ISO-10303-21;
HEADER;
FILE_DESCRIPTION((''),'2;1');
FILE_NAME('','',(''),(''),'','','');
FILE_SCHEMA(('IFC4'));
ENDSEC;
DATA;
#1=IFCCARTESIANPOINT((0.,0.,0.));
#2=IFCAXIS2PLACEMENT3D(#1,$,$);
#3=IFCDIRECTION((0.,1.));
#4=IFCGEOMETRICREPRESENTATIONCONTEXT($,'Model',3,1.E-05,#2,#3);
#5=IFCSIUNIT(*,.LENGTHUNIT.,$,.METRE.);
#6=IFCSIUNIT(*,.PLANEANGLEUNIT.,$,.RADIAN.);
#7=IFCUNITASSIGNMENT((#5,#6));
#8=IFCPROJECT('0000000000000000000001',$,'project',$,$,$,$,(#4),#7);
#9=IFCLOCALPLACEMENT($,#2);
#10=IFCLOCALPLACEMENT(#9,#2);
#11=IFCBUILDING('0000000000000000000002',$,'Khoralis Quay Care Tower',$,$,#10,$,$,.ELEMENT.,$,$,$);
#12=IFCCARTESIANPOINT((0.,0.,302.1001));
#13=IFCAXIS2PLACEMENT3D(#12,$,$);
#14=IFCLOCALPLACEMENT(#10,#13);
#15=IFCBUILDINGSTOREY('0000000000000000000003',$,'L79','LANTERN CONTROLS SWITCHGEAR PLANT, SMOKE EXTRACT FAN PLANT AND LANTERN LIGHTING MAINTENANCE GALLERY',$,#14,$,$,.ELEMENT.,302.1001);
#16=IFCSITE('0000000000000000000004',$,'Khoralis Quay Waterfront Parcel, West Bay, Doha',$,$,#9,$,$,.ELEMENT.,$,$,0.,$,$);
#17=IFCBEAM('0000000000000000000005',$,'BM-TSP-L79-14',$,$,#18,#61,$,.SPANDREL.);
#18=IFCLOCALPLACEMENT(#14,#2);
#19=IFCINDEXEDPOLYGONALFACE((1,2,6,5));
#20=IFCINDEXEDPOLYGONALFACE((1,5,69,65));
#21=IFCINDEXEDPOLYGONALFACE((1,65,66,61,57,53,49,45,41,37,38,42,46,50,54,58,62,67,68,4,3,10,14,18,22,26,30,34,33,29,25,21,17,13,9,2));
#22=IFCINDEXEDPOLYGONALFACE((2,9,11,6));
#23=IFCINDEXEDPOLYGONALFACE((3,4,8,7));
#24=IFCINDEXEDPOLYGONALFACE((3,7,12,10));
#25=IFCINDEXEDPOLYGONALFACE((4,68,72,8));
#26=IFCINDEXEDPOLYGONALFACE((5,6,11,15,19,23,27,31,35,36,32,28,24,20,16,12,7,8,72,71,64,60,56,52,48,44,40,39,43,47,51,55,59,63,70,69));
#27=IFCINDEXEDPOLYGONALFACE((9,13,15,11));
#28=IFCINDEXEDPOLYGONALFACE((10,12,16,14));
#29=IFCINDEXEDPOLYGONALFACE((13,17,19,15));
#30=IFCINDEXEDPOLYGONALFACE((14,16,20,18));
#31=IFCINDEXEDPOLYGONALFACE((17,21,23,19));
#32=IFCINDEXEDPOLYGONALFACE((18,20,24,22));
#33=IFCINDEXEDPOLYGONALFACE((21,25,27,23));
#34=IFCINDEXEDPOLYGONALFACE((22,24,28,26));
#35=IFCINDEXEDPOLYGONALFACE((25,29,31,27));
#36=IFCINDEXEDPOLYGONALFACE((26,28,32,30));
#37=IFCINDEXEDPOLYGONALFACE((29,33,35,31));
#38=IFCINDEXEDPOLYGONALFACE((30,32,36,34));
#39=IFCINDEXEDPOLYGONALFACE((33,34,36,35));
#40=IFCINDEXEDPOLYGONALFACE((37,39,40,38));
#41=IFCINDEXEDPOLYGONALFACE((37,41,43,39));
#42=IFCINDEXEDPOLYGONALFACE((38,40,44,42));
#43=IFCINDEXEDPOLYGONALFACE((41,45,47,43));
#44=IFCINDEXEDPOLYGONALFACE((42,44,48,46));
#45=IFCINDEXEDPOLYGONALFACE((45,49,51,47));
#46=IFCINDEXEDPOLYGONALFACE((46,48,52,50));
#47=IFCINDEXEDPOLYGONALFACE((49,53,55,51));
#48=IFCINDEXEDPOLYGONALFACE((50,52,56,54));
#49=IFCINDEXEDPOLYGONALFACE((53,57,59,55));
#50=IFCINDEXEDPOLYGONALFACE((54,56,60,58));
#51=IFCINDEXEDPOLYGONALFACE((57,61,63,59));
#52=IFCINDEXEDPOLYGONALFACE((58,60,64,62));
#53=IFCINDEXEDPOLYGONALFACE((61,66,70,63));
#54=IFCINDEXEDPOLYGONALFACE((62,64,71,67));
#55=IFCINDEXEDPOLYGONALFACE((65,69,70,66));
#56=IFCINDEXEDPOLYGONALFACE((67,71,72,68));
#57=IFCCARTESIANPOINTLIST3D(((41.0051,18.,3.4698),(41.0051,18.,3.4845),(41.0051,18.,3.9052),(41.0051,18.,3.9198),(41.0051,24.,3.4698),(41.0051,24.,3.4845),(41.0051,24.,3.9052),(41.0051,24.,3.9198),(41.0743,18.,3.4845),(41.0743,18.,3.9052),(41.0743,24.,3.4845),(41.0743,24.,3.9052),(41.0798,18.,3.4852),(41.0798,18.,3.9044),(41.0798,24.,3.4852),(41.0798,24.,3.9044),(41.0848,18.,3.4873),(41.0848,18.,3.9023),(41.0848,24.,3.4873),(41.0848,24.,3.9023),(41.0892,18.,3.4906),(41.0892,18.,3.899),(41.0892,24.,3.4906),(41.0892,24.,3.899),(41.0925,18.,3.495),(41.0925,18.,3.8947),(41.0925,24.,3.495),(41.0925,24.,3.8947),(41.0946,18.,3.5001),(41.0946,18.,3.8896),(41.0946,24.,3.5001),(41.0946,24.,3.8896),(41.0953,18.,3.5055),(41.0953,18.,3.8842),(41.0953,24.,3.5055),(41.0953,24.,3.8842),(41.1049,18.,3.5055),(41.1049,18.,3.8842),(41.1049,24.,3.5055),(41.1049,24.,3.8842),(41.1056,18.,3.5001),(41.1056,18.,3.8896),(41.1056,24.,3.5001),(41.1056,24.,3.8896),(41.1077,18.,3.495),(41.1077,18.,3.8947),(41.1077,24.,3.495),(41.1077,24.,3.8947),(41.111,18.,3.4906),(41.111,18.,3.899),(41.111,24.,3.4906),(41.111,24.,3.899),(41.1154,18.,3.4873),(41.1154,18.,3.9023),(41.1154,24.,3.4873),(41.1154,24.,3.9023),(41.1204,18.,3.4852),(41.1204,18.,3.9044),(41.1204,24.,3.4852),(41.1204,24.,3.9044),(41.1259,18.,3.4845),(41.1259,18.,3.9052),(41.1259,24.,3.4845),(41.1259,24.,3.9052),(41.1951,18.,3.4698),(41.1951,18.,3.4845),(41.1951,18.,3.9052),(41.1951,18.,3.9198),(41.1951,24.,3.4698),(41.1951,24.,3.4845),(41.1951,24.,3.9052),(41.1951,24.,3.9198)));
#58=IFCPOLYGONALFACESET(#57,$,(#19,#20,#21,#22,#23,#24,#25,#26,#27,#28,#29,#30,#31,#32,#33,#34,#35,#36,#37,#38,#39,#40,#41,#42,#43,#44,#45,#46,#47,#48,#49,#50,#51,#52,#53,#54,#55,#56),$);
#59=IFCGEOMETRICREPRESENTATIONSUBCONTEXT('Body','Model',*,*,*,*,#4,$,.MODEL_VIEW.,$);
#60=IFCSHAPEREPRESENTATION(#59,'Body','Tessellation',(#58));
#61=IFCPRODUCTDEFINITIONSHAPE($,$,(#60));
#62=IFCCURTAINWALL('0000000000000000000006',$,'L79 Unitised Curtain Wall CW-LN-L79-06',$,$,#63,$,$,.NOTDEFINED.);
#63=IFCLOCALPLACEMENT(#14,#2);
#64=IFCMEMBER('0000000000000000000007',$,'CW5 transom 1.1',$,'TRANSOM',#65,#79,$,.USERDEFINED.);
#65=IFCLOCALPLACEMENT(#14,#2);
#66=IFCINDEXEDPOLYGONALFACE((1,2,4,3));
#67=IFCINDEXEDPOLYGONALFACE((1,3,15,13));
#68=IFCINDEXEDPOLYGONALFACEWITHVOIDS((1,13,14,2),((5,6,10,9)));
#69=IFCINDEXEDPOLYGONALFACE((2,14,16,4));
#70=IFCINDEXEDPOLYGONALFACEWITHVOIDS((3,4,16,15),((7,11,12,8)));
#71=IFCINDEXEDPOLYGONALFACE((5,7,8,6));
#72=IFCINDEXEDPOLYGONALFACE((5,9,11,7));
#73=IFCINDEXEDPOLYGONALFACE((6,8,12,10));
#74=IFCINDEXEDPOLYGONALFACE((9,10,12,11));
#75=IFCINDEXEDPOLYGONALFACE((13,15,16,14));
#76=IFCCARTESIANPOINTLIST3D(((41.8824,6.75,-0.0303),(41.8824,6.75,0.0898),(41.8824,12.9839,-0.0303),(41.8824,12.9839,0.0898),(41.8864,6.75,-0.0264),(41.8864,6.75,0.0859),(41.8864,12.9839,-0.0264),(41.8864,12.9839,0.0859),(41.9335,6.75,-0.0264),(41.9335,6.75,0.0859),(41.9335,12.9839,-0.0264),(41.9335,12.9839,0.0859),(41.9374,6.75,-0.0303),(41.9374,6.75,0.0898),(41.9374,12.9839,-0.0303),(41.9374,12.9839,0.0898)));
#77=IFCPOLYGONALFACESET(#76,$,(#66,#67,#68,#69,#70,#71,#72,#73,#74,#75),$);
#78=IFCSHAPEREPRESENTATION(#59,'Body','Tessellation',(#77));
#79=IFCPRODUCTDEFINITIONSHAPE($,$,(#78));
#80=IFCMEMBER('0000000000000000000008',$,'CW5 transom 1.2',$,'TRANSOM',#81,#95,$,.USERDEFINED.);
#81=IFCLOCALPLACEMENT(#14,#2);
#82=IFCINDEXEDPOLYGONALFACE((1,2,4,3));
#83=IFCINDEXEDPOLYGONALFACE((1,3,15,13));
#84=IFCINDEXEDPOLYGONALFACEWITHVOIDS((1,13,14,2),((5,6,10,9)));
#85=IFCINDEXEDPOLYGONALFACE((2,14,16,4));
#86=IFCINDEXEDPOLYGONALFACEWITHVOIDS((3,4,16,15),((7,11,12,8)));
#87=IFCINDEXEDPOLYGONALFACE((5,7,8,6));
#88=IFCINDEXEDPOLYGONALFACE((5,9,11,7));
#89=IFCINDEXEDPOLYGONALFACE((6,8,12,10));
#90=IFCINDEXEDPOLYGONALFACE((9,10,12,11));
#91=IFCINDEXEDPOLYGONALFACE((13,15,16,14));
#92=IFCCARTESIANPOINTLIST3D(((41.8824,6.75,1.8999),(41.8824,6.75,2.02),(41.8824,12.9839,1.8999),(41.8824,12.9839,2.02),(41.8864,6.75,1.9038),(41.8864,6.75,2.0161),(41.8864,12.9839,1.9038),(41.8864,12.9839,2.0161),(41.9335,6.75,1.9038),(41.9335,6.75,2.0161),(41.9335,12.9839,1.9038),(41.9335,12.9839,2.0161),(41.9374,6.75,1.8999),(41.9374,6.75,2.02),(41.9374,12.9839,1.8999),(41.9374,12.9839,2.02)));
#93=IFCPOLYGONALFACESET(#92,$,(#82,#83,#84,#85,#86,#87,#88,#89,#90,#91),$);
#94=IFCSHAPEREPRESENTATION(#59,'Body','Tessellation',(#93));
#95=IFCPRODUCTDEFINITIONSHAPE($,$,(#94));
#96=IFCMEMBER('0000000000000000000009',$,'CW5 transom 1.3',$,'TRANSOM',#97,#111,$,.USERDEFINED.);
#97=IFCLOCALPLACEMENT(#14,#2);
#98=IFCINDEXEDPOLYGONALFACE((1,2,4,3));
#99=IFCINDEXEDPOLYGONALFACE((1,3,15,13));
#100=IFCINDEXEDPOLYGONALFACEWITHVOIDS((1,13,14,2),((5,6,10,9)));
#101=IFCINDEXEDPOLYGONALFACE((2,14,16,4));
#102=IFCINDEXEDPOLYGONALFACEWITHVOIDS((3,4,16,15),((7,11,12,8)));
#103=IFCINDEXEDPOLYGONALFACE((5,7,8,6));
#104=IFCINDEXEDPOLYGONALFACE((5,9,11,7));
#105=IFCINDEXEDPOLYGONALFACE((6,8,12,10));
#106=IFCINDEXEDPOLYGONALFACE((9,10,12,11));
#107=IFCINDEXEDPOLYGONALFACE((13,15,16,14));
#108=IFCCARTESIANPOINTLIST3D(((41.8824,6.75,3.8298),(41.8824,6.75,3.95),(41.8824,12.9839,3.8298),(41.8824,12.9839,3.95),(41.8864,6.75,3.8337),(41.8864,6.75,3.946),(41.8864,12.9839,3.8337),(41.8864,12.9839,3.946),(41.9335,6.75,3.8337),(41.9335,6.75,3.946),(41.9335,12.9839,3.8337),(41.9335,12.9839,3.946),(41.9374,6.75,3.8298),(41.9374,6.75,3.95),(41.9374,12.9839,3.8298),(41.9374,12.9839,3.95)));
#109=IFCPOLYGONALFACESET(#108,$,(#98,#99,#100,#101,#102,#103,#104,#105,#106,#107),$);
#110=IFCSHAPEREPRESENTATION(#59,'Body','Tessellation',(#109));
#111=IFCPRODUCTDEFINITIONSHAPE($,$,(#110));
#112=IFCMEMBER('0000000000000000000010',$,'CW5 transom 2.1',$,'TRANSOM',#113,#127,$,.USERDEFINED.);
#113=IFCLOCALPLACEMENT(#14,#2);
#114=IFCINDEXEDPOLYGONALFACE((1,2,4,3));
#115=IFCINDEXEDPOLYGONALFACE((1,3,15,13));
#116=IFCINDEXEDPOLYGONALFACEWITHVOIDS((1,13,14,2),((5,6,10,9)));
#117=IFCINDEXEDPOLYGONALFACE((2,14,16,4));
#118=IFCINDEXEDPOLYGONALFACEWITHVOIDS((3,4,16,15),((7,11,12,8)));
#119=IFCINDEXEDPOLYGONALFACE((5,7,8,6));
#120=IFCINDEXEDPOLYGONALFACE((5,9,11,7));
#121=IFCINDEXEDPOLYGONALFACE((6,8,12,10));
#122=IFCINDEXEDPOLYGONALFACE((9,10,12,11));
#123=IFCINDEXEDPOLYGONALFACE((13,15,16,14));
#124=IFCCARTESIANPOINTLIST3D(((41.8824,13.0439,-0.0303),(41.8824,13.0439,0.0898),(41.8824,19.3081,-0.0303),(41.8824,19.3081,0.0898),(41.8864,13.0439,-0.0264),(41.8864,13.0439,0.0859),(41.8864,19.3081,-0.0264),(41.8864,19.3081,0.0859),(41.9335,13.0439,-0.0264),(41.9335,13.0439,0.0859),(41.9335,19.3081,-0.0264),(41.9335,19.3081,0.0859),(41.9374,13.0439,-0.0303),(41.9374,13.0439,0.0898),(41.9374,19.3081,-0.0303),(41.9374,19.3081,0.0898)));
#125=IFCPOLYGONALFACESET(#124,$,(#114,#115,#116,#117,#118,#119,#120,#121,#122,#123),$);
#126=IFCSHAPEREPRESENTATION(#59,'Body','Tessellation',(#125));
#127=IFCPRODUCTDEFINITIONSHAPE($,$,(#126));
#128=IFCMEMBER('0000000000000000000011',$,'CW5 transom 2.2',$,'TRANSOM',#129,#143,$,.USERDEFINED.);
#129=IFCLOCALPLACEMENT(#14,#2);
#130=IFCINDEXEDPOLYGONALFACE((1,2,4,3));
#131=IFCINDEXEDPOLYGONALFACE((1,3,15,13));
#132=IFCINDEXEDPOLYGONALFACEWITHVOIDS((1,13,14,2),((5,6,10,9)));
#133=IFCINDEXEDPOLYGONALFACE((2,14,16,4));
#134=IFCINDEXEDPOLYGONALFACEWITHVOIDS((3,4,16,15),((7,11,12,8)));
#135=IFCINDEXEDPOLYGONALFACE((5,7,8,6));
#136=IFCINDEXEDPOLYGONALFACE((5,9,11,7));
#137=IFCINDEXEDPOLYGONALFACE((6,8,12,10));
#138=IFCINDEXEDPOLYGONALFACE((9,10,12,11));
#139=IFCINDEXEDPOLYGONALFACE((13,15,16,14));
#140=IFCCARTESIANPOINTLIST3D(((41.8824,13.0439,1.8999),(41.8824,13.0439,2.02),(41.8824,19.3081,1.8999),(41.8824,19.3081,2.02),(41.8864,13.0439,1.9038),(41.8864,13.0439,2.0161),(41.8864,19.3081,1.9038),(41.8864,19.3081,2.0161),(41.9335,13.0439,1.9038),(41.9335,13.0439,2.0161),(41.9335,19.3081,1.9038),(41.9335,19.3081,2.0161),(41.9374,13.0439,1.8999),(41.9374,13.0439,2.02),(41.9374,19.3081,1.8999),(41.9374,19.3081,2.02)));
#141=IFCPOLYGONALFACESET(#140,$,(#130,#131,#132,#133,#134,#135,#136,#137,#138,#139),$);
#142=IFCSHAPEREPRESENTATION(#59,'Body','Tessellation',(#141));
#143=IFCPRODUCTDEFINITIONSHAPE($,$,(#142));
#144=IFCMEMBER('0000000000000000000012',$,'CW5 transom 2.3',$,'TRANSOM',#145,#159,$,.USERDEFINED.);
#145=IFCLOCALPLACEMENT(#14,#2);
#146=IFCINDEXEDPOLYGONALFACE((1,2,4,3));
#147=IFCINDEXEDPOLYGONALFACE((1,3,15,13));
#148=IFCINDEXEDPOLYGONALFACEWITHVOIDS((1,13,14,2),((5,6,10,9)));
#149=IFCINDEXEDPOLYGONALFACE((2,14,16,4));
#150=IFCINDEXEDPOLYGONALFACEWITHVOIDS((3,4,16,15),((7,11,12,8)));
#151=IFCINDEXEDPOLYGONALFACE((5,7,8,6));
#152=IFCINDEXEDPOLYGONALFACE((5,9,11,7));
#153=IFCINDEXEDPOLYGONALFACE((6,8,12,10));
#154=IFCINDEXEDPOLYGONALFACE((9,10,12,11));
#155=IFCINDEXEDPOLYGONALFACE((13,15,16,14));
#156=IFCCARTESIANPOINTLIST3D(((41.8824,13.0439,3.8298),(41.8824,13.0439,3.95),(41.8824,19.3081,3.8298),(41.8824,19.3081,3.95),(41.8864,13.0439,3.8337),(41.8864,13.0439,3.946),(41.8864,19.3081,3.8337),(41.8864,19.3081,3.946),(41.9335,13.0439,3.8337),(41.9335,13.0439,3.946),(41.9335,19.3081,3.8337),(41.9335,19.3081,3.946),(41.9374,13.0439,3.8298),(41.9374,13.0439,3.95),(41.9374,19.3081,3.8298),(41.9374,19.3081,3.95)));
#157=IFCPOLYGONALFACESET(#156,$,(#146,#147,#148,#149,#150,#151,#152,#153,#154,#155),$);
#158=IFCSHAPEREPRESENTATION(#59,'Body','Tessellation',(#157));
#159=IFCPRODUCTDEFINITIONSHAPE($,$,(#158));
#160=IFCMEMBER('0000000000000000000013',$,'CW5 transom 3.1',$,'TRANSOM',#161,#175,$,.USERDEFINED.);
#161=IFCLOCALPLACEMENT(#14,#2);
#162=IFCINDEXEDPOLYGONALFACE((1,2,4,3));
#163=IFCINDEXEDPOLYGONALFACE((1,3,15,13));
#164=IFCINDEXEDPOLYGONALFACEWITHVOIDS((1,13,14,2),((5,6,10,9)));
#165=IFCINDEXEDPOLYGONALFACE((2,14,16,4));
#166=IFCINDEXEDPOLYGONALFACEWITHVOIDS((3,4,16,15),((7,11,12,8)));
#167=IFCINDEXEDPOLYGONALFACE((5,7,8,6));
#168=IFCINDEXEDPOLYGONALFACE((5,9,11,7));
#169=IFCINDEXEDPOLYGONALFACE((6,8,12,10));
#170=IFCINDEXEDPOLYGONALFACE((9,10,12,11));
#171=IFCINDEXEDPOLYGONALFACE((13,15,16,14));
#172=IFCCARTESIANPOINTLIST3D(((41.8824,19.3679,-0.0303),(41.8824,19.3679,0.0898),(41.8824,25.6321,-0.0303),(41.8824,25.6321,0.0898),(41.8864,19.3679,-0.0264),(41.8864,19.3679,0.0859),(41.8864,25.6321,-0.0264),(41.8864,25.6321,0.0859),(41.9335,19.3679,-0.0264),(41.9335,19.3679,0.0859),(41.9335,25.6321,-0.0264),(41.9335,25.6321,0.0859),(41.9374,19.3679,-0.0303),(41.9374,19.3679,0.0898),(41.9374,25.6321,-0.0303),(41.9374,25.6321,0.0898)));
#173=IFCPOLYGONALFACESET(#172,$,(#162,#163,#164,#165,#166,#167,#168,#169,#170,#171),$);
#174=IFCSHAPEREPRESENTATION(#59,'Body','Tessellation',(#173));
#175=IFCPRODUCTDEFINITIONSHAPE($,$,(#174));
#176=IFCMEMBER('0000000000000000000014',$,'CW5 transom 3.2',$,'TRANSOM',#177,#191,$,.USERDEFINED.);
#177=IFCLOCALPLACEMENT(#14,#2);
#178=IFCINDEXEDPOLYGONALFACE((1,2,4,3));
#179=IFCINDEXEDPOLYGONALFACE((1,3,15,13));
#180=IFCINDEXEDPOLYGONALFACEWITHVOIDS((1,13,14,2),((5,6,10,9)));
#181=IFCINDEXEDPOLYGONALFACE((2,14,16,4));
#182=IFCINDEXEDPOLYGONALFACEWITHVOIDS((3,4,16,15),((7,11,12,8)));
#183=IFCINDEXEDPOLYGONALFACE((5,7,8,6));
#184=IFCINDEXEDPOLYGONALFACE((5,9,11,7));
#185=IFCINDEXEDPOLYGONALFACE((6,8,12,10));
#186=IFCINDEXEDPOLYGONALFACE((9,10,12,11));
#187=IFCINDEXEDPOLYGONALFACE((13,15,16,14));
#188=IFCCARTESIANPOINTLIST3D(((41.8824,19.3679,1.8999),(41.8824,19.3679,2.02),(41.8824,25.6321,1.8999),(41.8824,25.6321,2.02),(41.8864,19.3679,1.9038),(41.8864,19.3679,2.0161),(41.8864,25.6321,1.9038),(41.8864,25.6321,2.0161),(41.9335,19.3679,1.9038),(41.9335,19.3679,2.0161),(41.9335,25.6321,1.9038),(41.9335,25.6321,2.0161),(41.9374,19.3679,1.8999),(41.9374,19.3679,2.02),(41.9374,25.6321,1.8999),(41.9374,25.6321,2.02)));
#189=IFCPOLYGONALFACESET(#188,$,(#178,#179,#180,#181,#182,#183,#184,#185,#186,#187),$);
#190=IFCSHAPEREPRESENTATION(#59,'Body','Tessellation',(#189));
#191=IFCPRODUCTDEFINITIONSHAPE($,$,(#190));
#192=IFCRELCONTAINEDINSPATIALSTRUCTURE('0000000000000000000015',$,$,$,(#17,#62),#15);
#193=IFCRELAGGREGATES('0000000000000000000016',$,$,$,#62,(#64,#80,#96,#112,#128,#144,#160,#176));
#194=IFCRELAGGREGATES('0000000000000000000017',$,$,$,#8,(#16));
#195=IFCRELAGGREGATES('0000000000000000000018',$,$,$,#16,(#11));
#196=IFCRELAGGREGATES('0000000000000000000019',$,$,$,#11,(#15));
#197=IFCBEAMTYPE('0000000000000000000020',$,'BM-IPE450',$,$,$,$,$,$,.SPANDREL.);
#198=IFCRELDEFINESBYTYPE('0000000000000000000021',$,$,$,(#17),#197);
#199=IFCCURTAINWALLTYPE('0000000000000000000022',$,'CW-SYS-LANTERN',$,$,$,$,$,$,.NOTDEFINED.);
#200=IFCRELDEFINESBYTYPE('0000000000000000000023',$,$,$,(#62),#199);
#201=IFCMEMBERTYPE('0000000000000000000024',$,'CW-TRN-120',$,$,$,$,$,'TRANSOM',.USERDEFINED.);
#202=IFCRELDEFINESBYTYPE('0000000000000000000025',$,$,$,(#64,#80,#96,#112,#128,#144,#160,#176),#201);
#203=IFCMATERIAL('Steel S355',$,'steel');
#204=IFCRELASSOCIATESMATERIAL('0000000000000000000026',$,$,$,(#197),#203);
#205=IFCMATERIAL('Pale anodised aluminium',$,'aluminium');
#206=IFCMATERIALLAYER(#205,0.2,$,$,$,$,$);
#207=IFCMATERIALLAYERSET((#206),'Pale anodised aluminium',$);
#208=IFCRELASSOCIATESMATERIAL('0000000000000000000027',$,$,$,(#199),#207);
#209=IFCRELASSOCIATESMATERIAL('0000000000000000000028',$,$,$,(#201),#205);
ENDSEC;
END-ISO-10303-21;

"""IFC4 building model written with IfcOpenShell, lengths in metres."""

from ifc_helpers import new_model, si_unit, direction, frame, origin, origin_2d, place, context, subcontext, project, spatial, hollow_rectangle, i_section, extrude, source, transform, mapped, material, layer, layer_set, material_profile, profile_set, type_object, element, aggregate, save


model = new_model("IFC4")

# Units and contexts
model_context = context("Model", 3, precision=1e-05, world=origin(), true_north=direction((0.0, 1.0)))
body_context = subcontext(model_context, "Body", "Model", "MODEL_VIEW")
ifc_project = project(units=[si_unit("LENGTHUNIT", "METRE"), si_unit("PLANEANGLEUNIT", "RADIAN")], contexts=[model_context])

# Site, building, storey
site_placement = place(None, origin())
site = spatial("IfcSite", under=ifc_project, at=site_placement, Name="Khoralis Quay Waterfront Parcel, West Bay, Doha", CompositionType="ELEMENT", RefElevation=0.0)
building_placement = place(site_placement, origin())
building = spatial("IfcBuilding", under=site, at=building_placement, Name="Khoralis Quay Care Tower", CompositionType="ELEMENT")
storey_placement = place(building_placement, frame((0.0, 0.0, 302.1001)))
storey = spatial("IfcBuildingStorey", under=building, at=storey_placement, Name="L79", Description="LANTERN CONTROLS SWITCHGEAR PLANT, SMOKE EXTRACT FAN PLANT AND LANTERN LIGHTING MAINTENANCE GALLERY", CompositionType="ELEMENT", Elevation=302.1001)

# Beam
ifc_material_1 = material(Name="Steel S355", Category="steel")
ifc_material_profile_1 = material_profile(ifc_material_1, i_section(OverallWidth=0.1899, OverallDepth=0.45, WebThickness=0.0095, FlangeThickness=0.0146, FilletRadius=0.021, at=origin_2d()), Name="Steel S355")
ifc_profile_set_1 = profile_set([ifc_material_profile_1], Name="Steel S355")
beam_type = type_object("IfcBeamType", Name="BM-IPE450", PredefinedType="SPANDREL", material=ifc_profile_set_1)
shared_shape_1 = source(origin(), body_context, "Body", "SweptSolid", [
    extrude(i_section(OverallWidth=0.1899, OverallDepth=0.45, WebThickness=0.0095, FlangeThickness=0.0146, FilletRadius=0.021, at=origin_2d()), origin(), (0.0, 0.0, 1.0), 6.0),
])
for number, where, z_axis, x_axis, name in (
    (1, (41.1001, 18.0, 3.6948), (0.0, 1.0, 0.0), (-1.0, 0.0, 0.0), "BM-TSP-L79-14"),
):
    element("IfcBeam", number, at=place(storey_placement, frame(where, z_axis=z_axis, x_axis=x_axis)), inside=storey, type_object=beam_type, Name=name, PredefinedType="SPANDREL", context=body_context, shape_type="MappedRepresentation", body=[
        mapped(shared_shape_1, transform((0.0, 0.0, 0.0), scale=1.0)),
    ])

# Curtain wall, members
ifc_material_2 = material(Name="Pale anodised aluminium", Category="aluminium")
ifc_layer_1 = layer(ifc_material_2, 0.2)
ifc_layer_set_1 = layer_set([ifc_layer_1], Name="Pale anodised aluminium")
curtain_wall_type = type_object("IfcCurtainWallType", Name="CW-SYS-LANTERN", PredefinedType="NOTDEFINED", material=ifc_layer_set_1)
curtain_wall_1_placement = place(storey_placement, origin())
curtain_wall_1 = element("IfcCurtainWall", 2, at=curtain_wall_1_placement, inside=storey, type_object=curtain_wall_type, Name="L79 Unitised Curtain Wall CW-LN-L79-06", PredefinedType="NOTDEFINED")
ifc_material_profile_2 = material_profile(ifc_material_2, hollow_rectangle(XDim=0.0549, YDim=0.1201, WallThickness=0.0039, at=origin_2d()), Name="Pale anodised aluminium")
ifc_profile_set_2 = profile_set([ifc_material_profile_2], Name="Pale anodised aluminium")
member_type_1 = type_object("IfcMemberType", Name="CW-TRN-120", ElementType="TRANSOM", PredefinedType="USERDEFINED", material=ifc_profile_set_2)
shared_shape_2 = source(origin(), body_context, "Body", "SweptSolid", [
    extrude(hollow_rectangle(XDim=0.0549, YDim=0.1201, WallThickness=0.0039, at=origin_2d()), origin(), (0.0, 0.0, 1.0), 6.2339),
])
member_1_placement = place(storey_placement, frame((41.9099, 6.75, 0.0298), z_axis=(0.0, 1.0, 0.0), x_axis=(-1.0, 0.0, 0.0)))
member_1 = element("IfcMember", 3, at=member_1_placement, type_object=member_type_1, Name="CW5 transom 1.1", ObjectType="TRANSOM", PredefinedType="USERDEFINED", context=body_context, shape_type="MappedRepresentation", body=[
    mapped(shared_shape_2, transform((0.0, 0.0, 0.0), scale=1.0)),
])
member_2_placement = place(storey_placement, frame((41.9099, 6.75, 1.96), z_axis=(0.0, 1.0, 0.0), x_axis=(-1.0, 0.0, 0.0)))
member_2 = element("IfcMember", 4, at=member_2_placement, type_object=member_type_1, Name="CW5 transom 1.2", ObjectType="TRANSOM", PredefinedType="USERDEFINED", context=body_context, shape_type="MappedRepresentation", body=[
    mapped(shared_shape_2, transform((0.0, 0.0, 0.0), scale=1.0)),
])
member_3_placement = place(storey_placement, frame((41.9099, 6.75, 3.8899), z_axis=(0.0, 1.0, 0.0), x_axis=(-1.0, 0.0, 0.0)))
member_3 = element("IfcMember", 5, at=member_3_placement, type_object=member_type_1, Name="CW5 transom 1.3", ObjectType="TRANSOM", PredefinedType="USERDEFINED", context=body_context, shape_type="MappedRepresentation", body=[
    mapped(shared_shape_2, transform((0.0, 0.0, 0.0), scale=1.0)),
])
shared_shape_3 = source(origin(), body_context, "Body", "SweptSolid", [
    extrude(hollow_rectangle(XDim=0.0549, YDim=0.1201, WallThickness=0.0039, at=origin_2d()), origin(), (0.0, 0.0, 1.0), 6.2642),
])
member_4_placement = place(storey_placement, frame((41.9099, 13.0439, 0.0298), z_axis=(0.0, 1.0, 0.0), x_axis=(-1.0, 0.0, 0.0)))
member_4 = element("IfcMember", 6, at=member_4_placement, type_object=member_type_1, Name="CW5 transom 2.1", ObjectType="TRANSOM", PredefinedType="USERDEFINED", context=body_context, shape_type="MappedRepresentation", body=[
    mapped(shared_shape_3, transform((0.0, 0.0, 0.0), scale=1.0)),
])
member_5_placement = place(storey_placement, frame((41.9099, 13.0439, 1.96), z_axis=(0.0, 1.0, 0.0), x_axis=(-1.0, 0.0, 0.0)))
member_5 = element("IfcMember", 7, at=member_5_placement, type_object=member_type_1, Name="CW5 transom 2.2", ObjectType="TRANSOM", PredefinedType="USERDEFINED", context=body_context, shape_type="MappedRepresentation", body=[
    mapped(shared_shape_3, transform((0.0, 0.0, 0.0), scale=1.0)),
])
member_6_placement = place(storey_placement, frame((41.9099, 13.0439, 3.8899), z_axis=(0.0, 1.0, 0.0), x_axis=(-1.0, 0.0, 0.0)))
member_6 = element("IfcMember", 8, at=member_6_placement, type_object=member_type_1, Name="CW5 transom 2.3", ObjectType="TRANSOM", PredefinedType="USERDEFINED", context=body_context, shape_type="MappedRepresentation", body=[
    mapped(shared_shape_3, transform((0.0, 0.0, 0.0), scale=1.0)),
])
member_7_placement = place(storey_placement, frame((41.9099, 19.3679, 0.0298), z_axis=(0.0, 1.0, 0.0), x_axis=(-1.0, 0.0, 0.0)))
member_7 = element("IfcMember", 9, at=member_7_placement, type_object=member_type_1, Name="CW5 transom 3.1", ObjectType="TRANSOM", PredefinedType="USERDEFINED", context=body_context, shape_type="MappedRepresentation", body=[
    mapped(shared_shape_3, transform((0.0, 0.0, 0.0), scale=1.0)),
])
member_8_placement = place(storey_placement, frame((41.9099, 19.3679, 1.96), z_axis=(0.0, 1.0, 0.0), x_axis=(-1.0, 0.0, 0.0)))
member_8 = element("IfcMember", 10, at=member_8_placement, type_object=member_type_1, Name="CW5 transom 3.2", ObjectType="TRANSOM", PredefinedType="USERDEFINED", context=body_context, shape_type="MappedRepresentation", body=[
    mapped(shared_shape_3, transform((0.0, 0.0, 0.0), scale=1.0)),
])

aggregate(curtain_wall_1, [member_1, member_2, member_3, member_4, member_5, member_6, member_7, member_8])

save(model, "model.ifc")
